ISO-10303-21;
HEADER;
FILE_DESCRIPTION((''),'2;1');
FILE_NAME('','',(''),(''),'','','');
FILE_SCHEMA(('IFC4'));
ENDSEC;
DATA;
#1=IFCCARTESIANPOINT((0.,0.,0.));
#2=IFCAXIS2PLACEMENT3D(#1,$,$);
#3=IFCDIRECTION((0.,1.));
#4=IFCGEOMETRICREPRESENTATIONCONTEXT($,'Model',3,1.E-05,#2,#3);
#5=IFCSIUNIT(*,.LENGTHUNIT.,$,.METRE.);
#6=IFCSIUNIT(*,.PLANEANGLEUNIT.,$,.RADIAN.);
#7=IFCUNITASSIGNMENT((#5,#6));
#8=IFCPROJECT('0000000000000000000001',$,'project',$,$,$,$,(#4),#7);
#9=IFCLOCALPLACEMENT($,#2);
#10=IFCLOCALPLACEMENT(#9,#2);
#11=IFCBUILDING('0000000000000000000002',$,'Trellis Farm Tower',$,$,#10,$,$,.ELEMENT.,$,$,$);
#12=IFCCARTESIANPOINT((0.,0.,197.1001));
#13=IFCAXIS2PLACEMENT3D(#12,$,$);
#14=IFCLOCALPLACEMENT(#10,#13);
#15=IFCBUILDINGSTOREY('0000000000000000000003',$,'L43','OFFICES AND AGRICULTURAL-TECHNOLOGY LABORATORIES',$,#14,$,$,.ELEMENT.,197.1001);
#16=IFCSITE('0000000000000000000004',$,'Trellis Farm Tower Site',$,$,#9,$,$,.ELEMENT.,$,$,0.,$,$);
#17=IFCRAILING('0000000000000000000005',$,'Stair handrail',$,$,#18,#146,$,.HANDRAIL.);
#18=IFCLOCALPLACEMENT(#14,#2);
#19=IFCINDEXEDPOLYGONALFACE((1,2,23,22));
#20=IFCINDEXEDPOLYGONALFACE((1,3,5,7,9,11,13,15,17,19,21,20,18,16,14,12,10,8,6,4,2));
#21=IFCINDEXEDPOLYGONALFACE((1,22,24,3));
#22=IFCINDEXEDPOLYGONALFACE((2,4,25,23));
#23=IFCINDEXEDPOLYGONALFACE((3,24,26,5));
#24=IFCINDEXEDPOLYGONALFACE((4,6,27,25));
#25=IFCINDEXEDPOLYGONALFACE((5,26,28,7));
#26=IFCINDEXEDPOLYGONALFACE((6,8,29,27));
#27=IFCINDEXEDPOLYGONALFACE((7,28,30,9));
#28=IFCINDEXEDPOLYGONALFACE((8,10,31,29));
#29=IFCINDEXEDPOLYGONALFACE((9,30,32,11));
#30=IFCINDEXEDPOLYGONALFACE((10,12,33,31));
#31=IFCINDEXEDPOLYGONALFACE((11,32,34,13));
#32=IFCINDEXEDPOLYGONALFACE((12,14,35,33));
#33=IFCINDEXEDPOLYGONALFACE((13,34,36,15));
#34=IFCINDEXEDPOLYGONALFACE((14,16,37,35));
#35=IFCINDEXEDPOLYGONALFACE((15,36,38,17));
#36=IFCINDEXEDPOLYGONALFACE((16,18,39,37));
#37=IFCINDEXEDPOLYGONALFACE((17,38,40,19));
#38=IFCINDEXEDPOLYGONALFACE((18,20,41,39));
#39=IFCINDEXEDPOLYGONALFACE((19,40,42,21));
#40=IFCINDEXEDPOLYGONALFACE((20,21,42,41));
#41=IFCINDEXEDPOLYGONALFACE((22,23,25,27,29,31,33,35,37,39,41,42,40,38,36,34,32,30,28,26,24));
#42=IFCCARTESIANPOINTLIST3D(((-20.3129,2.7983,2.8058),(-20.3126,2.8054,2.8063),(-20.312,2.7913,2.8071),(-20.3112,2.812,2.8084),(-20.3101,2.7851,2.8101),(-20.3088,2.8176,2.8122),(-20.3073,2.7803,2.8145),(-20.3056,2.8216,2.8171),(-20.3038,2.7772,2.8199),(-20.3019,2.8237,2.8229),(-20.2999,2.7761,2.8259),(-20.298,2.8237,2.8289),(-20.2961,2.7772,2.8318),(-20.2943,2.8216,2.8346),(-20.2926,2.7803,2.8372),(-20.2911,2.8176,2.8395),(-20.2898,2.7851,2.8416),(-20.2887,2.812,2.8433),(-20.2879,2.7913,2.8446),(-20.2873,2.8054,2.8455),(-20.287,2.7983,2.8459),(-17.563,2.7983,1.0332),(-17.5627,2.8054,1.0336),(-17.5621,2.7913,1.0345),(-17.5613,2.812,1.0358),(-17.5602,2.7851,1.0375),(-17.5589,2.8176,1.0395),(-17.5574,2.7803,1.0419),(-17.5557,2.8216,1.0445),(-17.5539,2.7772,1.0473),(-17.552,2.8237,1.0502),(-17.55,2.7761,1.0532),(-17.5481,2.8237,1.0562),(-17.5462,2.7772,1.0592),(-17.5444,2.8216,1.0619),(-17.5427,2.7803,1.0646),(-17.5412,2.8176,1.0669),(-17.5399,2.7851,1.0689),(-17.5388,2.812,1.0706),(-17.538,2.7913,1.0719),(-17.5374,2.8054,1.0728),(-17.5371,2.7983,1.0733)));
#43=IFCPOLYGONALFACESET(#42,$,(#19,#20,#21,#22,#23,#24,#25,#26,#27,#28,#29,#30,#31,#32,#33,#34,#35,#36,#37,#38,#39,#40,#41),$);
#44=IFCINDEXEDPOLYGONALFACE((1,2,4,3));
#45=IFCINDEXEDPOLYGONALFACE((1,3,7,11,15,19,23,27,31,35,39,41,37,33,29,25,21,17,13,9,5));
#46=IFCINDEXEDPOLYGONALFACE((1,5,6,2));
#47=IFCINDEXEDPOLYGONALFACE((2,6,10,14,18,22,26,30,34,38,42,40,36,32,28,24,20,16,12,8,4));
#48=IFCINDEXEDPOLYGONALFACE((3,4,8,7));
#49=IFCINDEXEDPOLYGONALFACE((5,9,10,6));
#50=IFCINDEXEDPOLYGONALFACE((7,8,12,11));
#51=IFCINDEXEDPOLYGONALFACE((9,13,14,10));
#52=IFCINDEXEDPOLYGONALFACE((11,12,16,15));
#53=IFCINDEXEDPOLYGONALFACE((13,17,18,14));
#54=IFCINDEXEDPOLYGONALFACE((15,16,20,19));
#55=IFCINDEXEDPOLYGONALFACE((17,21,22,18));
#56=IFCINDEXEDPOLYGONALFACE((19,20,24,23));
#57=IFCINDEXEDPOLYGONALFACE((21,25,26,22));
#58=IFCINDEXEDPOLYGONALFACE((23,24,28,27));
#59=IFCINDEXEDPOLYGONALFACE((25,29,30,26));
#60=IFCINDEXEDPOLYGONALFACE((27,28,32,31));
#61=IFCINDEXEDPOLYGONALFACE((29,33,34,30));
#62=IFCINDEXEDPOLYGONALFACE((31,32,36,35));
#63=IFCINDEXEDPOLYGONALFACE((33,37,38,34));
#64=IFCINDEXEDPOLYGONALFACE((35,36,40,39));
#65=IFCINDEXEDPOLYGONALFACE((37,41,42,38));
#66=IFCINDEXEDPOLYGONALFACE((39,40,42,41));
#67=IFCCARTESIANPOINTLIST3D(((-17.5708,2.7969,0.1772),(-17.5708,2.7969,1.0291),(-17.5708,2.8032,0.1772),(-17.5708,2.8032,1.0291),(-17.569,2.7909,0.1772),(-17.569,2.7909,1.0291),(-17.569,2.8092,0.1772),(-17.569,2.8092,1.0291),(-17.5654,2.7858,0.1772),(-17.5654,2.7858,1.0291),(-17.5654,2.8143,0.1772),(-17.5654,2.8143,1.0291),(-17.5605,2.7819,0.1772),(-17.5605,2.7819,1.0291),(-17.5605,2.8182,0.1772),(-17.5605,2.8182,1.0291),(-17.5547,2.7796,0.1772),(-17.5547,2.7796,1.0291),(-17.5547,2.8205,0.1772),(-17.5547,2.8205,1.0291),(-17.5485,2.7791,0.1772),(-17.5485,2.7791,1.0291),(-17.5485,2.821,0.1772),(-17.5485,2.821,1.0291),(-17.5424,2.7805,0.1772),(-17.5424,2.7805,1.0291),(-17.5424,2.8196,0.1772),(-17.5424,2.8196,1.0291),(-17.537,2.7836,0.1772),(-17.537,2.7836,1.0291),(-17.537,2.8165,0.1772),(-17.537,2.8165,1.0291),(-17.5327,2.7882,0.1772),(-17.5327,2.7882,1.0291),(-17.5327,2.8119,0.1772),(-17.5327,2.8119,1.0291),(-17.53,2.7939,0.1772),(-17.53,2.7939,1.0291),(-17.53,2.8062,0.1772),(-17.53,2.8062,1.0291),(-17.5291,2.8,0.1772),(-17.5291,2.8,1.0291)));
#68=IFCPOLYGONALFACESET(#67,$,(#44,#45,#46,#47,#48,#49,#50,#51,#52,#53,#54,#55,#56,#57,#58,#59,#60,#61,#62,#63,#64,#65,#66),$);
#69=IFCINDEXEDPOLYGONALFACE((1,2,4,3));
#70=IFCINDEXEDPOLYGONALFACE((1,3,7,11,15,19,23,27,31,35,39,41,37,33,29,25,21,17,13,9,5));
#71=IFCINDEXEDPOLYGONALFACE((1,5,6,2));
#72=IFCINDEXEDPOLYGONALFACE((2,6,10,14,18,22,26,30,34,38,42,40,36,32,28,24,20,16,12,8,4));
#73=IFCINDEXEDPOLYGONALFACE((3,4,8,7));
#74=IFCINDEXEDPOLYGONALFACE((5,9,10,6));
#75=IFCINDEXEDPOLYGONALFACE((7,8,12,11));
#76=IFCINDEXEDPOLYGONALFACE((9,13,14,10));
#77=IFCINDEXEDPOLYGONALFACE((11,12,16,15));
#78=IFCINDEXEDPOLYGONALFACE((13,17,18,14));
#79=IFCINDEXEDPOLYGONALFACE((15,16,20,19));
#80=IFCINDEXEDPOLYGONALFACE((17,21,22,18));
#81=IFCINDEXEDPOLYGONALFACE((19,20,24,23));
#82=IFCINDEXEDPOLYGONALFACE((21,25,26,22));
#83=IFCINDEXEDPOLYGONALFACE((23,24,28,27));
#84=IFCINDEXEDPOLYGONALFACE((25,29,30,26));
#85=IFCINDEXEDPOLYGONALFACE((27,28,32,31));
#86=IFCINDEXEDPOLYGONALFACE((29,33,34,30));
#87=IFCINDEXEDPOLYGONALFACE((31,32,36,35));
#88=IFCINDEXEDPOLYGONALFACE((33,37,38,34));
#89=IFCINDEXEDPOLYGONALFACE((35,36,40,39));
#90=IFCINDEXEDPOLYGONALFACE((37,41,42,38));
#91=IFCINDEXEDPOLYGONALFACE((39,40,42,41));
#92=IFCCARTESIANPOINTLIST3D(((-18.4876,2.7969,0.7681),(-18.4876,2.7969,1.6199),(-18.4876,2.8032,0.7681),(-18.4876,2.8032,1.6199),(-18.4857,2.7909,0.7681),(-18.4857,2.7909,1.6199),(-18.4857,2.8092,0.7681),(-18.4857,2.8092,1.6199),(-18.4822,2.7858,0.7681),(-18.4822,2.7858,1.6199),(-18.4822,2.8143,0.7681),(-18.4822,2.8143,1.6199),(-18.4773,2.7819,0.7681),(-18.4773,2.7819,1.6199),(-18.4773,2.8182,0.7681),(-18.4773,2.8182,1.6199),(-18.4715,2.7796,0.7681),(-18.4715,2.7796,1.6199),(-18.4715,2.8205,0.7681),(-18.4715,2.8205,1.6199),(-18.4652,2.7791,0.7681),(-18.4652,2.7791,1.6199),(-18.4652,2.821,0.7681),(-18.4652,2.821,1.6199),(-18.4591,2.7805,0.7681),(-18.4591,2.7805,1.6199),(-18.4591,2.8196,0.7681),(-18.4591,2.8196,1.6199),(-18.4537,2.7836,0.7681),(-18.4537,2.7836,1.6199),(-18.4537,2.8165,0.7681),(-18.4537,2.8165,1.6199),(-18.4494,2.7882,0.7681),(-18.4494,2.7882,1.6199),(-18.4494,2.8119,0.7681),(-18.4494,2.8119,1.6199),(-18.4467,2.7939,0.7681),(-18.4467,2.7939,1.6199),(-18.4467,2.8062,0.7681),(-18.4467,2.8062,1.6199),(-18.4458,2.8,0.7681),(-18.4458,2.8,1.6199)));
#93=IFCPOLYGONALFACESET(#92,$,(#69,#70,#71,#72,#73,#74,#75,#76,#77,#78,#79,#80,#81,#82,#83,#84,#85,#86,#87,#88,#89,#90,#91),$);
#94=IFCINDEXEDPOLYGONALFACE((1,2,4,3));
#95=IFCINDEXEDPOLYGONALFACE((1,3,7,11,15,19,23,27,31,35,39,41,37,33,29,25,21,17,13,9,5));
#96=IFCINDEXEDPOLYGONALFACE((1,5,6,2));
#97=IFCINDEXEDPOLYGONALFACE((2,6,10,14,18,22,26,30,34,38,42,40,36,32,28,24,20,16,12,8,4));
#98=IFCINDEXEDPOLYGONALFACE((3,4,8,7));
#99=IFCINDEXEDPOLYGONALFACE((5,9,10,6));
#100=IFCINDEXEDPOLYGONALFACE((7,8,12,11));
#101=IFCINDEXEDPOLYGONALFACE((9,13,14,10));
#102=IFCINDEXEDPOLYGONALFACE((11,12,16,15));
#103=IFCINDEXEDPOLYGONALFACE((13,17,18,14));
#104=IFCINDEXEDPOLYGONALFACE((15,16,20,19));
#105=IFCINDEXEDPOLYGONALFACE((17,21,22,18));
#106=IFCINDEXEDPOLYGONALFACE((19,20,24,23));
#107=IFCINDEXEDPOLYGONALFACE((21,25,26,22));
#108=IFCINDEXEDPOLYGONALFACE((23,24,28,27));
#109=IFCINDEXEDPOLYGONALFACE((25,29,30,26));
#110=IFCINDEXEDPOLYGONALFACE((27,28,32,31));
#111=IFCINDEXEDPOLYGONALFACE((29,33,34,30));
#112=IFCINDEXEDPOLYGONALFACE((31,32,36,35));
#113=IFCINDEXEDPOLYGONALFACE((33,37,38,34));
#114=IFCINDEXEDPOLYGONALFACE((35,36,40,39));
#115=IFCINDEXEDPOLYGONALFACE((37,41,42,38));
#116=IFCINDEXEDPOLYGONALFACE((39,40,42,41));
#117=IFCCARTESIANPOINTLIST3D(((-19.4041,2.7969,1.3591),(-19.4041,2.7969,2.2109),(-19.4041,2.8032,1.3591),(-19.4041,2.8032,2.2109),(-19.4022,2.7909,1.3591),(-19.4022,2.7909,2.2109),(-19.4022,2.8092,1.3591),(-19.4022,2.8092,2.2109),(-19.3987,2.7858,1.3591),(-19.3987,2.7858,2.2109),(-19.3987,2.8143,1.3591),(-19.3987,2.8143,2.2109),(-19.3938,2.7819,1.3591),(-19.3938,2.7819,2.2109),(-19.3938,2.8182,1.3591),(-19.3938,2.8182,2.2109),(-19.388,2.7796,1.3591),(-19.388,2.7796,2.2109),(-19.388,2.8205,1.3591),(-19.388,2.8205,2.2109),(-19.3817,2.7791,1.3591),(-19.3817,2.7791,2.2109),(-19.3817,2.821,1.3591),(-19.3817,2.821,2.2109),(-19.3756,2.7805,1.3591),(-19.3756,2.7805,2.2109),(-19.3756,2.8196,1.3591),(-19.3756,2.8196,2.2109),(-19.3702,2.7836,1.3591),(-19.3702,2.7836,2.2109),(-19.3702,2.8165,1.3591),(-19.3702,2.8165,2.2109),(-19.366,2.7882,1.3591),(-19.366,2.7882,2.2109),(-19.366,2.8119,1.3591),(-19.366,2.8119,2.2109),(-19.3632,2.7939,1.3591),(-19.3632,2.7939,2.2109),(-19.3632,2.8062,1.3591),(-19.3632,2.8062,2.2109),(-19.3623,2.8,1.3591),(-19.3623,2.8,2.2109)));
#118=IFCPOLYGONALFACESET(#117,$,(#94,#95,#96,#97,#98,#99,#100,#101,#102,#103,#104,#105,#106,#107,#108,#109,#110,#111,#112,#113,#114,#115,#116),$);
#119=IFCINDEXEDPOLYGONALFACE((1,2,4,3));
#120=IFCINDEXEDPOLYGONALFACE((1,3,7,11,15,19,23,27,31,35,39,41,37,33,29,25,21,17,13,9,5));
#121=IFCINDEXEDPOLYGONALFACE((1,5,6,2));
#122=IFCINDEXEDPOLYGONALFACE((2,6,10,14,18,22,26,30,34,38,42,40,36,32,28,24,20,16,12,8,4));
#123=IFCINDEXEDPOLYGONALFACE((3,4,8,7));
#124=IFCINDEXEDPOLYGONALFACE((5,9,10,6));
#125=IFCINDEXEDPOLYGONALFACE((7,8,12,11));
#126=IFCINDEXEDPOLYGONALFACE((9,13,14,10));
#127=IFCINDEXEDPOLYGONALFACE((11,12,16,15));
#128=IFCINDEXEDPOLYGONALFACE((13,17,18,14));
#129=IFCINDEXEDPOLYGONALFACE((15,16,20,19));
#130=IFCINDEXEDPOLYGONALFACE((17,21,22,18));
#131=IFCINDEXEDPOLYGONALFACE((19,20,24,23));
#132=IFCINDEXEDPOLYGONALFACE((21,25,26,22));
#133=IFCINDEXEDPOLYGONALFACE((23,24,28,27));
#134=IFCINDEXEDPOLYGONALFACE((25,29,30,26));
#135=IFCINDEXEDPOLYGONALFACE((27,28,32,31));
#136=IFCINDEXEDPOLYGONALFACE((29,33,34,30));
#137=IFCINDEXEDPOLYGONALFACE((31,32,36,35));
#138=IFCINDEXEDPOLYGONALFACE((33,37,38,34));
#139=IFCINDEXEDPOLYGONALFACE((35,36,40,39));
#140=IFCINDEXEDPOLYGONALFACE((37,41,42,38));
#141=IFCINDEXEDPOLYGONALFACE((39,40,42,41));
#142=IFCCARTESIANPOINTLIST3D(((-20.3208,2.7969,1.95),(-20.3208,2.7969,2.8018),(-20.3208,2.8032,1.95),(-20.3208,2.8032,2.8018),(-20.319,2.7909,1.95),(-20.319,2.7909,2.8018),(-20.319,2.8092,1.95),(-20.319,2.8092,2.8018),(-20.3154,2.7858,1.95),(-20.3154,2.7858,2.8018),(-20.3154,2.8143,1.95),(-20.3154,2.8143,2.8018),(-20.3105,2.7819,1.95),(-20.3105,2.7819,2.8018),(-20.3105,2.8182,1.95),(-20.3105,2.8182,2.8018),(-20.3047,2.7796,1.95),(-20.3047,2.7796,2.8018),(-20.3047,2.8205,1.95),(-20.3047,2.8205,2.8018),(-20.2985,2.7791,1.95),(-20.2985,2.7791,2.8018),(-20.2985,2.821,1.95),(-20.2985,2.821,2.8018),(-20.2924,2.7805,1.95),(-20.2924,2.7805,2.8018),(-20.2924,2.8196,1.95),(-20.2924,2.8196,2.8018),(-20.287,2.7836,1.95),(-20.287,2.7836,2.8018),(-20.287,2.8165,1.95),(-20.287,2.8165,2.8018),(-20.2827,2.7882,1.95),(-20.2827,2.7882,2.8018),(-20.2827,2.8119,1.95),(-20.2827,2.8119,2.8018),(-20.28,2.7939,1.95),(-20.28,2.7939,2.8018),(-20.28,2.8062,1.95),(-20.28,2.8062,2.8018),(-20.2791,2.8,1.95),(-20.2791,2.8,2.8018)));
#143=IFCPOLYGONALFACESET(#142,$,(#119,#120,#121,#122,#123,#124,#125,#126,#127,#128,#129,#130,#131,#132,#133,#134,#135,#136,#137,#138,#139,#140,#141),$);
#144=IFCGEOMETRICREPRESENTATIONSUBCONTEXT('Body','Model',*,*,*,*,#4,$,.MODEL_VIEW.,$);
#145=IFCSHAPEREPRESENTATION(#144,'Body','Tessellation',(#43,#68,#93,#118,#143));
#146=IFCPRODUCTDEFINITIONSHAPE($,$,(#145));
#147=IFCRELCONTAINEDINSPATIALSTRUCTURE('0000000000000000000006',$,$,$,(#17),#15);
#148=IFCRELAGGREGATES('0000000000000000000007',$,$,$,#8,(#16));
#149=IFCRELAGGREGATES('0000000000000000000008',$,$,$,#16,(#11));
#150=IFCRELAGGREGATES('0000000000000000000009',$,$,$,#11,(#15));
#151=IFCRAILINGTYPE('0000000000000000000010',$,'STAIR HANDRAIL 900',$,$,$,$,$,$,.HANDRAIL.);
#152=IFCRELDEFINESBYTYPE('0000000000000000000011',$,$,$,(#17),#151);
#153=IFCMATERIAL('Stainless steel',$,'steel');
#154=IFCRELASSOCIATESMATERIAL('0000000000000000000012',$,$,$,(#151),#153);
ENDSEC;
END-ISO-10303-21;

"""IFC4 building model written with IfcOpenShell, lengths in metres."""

from ifc_helpers import new_model, si_unit, direction, frame, origin, origin_2d, place, context, subcontext, project, spatial, circle, extrude, source, transform, mapped, material, type_object, element, save


model = new_model("IFC4")

# Units and contexts
model_context = context("Model", 3, precision=1e-05, world=origin(), true_north=direction((0.0, 1.0)))
body_context = subcontext(model_context, "Body", "Model", "MODEL_VIEW")
ifc_project = project(units=[si_unit("LENGTHUNIT", "METRE"), si_unit("PLANEANGLEUNIT", "RADIAN")], contexts=[model_context])

# Site, building, storey
site_placement = place(None, origin())
site = spatial("IfcSite", under=ifc_project, at=site_placement, Name="Trellis Farm Tower Site", CompositionType="ELEMENT", RefElevation=0.0)
building_placement = place(site_placement, origin())
building = spatial("IfcBuilding", under=site, at=building_placement, Name="Trellis Farm Tower", CompositionType="ELEMENT")
storey_placement = place(building_placement, frame((0.0, 0.0, 197.1001)))
storey = spatial("IfcBuildingStorey", under=building, at=storey_placement, Name="L43", Description="OFFICES AND AGRICULTURAL-TECHNOLOGY LABORATORIES", CompositionType="ELEMENT", Elevation=197.1001)

# Railing
ifc_material_1 = material(Name="Stainless steel", Category="steel")
railing_type = type_object("IfcRailingType", Name="STAIR HANDRAIL 900", PredefinedType="HANDRAIL", material=ifc_material_1)
shared_shape_1 = source(origin(), body_context, "Body", "SweptSolid", [
    extrude(circle(Radius=0.0239, at=origin_2d()), frame((0.0, 0.0, 0.876), z_axis=(-0.840504, 0.0, 0.541806), x_axis=(0.0, -1.0, 0.0)), (0.0, 0.0, 1.0), 3.2717),
    extrude(circle(Radius=0.021, at=origin_2d()), origin(), (0.0, 0.0, 1.0), 0.8518),
    extrude(circle(Radius=0.021, at=origin_2d()), frame((-0.9167, 0.0, 0.5908)), (0.0, 0.0, 1.0), 0.8518),
    extrude(circle(Radius=0.021, at=origin_2d()), frame((-1.8333, 0.0, 1.1819)), (0.0, 0.0, 1.0), 0.8518),
    extrude(circle(Radius=0.021, at=origin_2d()), frame((-2.75, 0.0, 1.7727)), (0.0, 0.0, 1.0), 0.8518),
])
for number, where, name in (
    (1, (-17.55, 2.8, 0.1772), "Stair handrail"),
):
    element("IfcRailing", number, at=place(storey_placement, frame(where)), inside=storey, type_object=railing_type, Name=name, PredefinedType="HANDRAIL", context=body_context, shape_type="MappedRepresentation", body=[
        mapped(shared_shape_1, transform((0.0, 0.0, 0.0))),
    ])

save(model, "model.ifc")
